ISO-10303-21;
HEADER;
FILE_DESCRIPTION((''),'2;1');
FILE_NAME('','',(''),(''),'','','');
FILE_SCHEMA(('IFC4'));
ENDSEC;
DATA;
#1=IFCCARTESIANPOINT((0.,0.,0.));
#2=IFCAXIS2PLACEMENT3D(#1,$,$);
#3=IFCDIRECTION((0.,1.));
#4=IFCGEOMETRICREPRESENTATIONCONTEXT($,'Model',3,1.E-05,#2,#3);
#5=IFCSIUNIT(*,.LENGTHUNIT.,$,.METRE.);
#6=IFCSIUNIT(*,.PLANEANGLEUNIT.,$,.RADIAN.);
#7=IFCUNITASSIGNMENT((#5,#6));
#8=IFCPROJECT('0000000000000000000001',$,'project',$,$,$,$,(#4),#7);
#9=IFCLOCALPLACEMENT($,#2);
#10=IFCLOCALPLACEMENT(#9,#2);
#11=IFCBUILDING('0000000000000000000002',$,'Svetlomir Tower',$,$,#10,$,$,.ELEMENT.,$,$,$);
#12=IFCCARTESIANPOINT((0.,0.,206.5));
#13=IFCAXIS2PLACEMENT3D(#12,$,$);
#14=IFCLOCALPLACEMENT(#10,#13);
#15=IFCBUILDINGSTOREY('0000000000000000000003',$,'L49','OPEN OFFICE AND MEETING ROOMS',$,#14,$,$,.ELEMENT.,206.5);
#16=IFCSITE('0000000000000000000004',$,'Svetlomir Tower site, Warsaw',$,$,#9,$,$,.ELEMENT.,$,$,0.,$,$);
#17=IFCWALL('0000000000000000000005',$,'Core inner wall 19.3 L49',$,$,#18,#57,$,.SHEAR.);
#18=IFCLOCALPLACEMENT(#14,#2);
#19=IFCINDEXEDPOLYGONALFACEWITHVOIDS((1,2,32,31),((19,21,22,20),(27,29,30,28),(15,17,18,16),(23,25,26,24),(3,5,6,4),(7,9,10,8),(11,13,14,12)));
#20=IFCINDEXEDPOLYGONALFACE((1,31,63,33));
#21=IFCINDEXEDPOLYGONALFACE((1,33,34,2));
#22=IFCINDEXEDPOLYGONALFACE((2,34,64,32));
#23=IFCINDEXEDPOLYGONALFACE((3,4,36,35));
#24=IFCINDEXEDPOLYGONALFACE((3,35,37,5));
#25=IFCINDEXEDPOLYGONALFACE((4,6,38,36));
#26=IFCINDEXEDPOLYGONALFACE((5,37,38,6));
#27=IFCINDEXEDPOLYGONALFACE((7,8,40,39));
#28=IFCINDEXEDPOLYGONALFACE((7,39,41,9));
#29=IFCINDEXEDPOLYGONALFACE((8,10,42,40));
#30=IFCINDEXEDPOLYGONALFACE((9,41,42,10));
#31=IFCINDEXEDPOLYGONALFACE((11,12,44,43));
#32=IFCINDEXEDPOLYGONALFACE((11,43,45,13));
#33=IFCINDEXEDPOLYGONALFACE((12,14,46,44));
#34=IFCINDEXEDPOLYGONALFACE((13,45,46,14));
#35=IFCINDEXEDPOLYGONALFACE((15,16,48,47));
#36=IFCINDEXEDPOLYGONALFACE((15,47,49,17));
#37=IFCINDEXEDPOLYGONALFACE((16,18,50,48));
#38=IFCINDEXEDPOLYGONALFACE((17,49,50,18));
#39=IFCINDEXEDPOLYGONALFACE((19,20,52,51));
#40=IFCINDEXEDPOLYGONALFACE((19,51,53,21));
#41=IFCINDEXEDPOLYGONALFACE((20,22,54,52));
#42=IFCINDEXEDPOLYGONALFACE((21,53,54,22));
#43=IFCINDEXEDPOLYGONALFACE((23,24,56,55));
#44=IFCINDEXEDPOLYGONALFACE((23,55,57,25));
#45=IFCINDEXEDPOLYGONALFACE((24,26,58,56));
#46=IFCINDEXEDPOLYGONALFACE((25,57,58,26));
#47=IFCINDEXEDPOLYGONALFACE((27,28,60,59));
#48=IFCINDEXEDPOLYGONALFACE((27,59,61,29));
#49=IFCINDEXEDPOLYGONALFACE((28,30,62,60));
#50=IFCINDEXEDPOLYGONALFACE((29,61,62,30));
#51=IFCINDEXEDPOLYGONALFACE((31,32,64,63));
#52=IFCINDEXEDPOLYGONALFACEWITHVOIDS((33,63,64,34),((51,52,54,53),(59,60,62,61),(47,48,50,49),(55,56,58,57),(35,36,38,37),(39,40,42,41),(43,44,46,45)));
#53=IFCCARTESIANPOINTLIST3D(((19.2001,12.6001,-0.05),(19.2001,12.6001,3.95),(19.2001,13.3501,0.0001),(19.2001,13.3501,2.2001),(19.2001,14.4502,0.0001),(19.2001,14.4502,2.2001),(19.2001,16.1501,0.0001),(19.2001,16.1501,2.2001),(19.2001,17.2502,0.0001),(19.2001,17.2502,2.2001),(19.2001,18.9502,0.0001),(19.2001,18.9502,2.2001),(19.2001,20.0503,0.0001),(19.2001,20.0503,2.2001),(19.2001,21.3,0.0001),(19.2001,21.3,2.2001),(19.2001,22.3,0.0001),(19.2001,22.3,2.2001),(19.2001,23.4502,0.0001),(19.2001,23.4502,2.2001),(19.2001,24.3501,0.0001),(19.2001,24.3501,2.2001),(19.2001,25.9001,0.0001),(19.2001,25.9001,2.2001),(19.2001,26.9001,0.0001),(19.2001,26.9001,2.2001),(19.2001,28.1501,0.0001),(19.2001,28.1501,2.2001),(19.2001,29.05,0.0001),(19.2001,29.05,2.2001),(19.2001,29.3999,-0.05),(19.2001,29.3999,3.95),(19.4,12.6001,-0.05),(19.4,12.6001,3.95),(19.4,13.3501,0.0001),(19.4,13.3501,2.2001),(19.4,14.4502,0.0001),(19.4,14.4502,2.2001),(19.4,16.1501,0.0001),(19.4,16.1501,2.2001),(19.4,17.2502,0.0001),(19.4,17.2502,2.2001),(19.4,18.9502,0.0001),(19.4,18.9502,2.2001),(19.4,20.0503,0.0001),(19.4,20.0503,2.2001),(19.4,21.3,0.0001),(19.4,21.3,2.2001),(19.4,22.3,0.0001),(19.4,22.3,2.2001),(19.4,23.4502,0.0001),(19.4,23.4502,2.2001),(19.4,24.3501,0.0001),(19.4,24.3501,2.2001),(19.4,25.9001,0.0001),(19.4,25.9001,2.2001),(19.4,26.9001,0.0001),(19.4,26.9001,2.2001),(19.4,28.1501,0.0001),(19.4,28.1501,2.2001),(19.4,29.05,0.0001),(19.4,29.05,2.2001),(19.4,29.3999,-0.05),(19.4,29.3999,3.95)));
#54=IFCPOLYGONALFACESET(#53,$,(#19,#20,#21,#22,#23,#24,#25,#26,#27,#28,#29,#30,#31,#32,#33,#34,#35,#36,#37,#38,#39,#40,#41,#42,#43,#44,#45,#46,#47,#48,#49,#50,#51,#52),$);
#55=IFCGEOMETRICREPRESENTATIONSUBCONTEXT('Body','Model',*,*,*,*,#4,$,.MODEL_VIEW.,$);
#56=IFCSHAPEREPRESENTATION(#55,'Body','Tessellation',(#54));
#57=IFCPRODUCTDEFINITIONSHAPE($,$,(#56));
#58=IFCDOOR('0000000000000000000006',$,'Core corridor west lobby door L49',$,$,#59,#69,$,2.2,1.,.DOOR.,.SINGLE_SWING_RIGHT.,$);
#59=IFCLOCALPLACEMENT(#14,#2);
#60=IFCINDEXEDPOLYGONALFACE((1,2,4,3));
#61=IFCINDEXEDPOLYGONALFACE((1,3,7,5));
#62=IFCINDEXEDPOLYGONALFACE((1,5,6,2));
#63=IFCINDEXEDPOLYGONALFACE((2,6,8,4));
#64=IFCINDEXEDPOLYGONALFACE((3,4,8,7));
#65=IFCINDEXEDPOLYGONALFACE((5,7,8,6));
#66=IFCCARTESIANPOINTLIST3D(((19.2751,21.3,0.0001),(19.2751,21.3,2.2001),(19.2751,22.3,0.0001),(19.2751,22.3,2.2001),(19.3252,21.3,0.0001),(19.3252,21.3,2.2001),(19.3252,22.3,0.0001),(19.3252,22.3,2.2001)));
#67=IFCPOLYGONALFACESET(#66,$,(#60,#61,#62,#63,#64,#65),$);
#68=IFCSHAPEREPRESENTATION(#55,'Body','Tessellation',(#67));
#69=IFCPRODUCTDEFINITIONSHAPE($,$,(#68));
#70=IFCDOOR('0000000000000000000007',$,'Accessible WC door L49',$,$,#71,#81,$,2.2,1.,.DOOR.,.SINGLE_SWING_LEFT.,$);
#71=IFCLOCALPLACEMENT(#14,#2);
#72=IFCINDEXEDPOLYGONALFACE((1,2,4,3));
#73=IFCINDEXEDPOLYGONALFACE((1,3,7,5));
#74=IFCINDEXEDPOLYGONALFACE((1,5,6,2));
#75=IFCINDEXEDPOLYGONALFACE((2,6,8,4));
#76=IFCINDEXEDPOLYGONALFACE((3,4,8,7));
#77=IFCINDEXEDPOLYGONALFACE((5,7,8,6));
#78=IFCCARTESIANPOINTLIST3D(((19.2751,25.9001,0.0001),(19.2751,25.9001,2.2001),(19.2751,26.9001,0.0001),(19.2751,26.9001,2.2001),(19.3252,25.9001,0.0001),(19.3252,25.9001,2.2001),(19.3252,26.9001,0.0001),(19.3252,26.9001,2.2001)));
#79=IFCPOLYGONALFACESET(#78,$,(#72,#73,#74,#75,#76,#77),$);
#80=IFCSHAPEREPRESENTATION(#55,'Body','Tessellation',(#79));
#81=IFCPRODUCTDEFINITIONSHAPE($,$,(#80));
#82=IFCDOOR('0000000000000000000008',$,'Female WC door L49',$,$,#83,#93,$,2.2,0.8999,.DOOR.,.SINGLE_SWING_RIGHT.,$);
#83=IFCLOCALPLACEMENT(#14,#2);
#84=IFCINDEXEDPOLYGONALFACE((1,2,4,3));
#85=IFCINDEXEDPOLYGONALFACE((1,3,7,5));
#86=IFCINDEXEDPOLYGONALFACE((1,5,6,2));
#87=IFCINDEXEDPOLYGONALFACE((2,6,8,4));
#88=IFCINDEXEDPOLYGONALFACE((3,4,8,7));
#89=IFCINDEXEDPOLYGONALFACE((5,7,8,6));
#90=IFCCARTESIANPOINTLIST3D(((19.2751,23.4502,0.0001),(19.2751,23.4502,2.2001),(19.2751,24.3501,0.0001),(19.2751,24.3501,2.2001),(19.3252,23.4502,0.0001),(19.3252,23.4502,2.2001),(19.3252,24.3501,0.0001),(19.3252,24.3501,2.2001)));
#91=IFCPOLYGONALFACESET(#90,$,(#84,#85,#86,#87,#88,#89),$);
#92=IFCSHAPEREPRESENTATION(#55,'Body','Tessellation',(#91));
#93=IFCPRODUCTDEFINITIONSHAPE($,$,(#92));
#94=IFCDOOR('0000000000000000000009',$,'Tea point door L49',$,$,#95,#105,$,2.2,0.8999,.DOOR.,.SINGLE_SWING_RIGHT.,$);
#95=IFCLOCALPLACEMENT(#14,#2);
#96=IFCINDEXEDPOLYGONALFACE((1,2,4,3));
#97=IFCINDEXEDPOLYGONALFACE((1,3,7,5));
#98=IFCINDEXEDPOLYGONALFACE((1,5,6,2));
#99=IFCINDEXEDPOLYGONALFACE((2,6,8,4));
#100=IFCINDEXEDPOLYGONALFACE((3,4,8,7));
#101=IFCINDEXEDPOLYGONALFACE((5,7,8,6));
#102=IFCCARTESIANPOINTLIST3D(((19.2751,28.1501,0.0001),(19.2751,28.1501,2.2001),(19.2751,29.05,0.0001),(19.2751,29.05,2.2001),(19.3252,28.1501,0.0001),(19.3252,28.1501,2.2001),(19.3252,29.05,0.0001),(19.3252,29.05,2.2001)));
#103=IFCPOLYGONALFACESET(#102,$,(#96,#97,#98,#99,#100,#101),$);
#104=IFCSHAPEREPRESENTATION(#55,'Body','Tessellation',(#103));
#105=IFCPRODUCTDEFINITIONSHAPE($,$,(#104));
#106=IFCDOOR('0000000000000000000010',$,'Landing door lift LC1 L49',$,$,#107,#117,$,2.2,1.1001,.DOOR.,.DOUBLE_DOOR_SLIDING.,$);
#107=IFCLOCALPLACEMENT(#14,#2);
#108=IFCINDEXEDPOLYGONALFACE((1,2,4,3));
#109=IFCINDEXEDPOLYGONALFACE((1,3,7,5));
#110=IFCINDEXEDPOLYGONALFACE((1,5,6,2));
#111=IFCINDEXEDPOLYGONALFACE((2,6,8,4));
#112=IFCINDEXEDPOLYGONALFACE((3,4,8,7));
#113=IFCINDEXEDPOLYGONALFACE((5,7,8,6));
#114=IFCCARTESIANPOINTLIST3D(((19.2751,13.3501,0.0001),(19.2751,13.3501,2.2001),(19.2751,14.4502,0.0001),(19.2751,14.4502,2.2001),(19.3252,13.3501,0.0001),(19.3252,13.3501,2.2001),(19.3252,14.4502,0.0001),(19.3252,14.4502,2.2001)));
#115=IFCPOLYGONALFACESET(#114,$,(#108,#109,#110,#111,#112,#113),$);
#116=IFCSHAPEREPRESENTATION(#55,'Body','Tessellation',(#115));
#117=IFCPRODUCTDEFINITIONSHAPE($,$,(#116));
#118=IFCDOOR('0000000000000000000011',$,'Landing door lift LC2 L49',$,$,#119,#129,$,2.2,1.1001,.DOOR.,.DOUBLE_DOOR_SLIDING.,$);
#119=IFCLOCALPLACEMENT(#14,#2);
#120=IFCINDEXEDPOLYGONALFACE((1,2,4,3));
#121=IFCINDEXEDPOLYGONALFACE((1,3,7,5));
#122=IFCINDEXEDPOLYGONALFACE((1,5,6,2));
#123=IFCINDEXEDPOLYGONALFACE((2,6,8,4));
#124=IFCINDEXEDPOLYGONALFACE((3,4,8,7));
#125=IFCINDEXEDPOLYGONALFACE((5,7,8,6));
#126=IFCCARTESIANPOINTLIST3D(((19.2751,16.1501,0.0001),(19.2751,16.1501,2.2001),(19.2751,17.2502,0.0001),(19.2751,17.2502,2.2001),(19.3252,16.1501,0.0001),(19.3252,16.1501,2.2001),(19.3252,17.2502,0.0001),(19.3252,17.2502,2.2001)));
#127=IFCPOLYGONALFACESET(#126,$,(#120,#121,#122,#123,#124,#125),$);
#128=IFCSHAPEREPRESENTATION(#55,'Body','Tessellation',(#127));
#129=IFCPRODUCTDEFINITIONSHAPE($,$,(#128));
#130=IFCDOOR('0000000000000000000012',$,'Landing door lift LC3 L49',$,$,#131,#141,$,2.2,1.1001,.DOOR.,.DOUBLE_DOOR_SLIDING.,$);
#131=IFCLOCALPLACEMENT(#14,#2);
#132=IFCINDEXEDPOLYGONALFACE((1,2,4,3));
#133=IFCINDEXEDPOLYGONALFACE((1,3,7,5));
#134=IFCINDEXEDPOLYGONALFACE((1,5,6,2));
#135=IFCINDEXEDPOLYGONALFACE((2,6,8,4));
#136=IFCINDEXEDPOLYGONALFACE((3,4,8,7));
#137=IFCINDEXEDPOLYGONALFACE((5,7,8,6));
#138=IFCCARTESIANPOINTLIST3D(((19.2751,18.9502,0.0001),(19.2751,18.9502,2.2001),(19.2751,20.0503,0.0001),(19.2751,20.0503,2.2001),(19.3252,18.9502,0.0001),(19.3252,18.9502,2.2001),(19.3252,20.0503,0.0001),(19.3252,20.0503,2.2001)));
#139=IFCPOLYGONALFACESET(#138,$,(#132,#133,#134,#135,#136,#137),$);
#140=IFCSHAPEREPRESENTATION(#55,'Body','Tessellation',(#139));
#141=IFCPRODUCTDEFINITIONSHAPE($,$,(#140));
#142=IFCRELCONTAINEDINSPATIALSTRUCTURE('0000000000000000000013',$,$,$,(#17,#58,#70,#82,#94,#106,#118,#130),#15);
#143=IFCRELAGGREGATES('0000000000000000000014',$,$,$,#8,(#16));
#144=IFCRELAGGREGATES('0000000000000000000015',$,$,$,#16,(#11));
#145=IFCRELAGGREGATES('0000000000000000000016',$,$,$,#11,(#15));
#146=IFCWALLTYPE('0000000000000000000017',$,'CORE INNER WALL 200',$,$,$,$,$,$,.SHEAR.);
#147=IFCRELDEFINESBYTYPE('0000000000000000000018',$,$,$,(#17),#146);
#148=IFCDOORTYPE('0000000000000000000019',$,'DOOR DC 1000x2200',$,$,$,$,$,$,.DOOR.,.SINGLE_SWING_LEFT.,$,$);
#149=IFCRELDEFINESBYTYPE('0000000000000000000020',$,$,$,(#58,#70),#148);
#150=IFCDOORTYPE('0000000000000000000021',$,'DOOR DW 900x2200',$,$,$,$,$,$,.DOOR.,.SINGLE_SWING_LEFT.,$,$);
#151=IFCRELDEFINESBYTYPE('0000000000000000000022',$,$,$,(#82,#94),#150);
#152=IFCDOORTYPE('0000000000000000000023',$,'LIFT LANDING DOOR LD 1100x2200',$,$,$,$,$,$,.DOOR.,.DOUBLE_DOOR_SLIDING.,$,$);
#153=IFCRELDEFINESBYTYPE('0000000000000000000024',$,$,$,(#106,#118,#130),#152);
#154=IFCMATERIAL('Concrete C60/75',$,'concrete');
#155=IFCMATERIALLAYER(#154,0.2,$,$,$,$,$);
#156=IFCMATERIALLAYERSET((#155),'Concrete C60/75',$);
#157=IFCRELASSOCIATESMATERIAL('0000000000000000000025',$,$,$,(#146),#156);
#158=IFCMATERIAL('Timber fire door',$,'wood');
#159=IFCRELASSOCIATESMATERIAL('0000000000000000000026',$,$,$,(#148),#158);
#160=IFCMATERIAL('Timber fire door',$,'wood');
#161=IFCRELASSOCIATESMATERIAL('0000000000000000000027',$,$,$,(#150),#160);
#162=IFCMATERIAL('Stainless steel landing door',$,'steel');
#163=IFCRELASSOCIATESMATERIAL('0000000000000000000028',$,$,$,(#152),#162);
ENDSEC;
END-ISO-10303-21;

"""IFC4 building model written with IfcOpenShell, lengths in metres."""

from ifc_helpers import new_model, si_unit, direction, frame, frame_2d, origin, place, context, subcontext, project, spatial, rectangle, extrude, material, layer, layer_set, type_object, element, fill, save


model = new_model("IFC4")

# Units and contexts
model_context = context("Model", 3, precision=1e-05, world=origin(), true_north=direction((0.0, 1.0)))
body_context = subcontext(model_context, "Body", "Model", "MODEL_VIEW")
ifc_project = project(units=[si_unit("LENGTHUNIT", "METRE"), si_unit("PLANEANGLEUNIT", "RADIAN")], contexts=[model_context])

# Site, building, storey
site_placement = place(None, origin())
site = spatial("IfcSite", under=ifc_project, at=site_placement, Name="Svetlomir Tower site, Warsaw", CompositionType="ELEMENT", RefElevation=0.0)
building_placement = place(site_placement, origin())
building = spatial("IfcBuilding", under=site, at=building_placement, Name="Svetlomir Tower", CompositionType="ELEMENT")
storey_placement = place(building_placement, frame((0.0, 0.0, 206.5)))
storey = spatial("IfcBuildingStorey", under=building, at=storey_placement, Name="L49", Description="OPEN OFFICE AND MEETING ROOMS", CompositionType="ELEMENT", Elevation=206.5)

# Shared definitions
ifc_material_1 = material(Name="Concrete C60/75", Category="concrete")
ifc_layer_1 = layer(ifc_material_1, 0.2)
ifc_layer_set_1 = layer_set([ifc_layer_1], Name="Concrete C60/75")
wall_type_1 = type_object("IfcWallType", Name="CORE INNER WALL 200", PredefinedType="SHEAR", material=ifc_layer_set_1)

# Wall, openings, doors
wall_1_placement = place(storey_placement, frame((19.3, 12.6001, -0.05), z_axis=(0.0, 0.0, 1.0), x_axis=(0.0, 1.0, 0.0)))
wall_1 = element("IfcWall", 1, at=wall_1_placement, inside=storey, type_object=wall_type_1, Name="Core inner wall 19.3 L49", PredefinedType="SHEAR", context=body_context, shape_type="SweptSolid", body=[
    extrude(rectangle(XDim=16.7998, YDim=0.2, at=frame_2d((8.3999, 0.0))), origin(), (0.0, 0.0, 1.0), 4.0),
])
opening_1_placement = place(wall_1_placement, frame((8.7, 0.0, 0.05)))
opening_1 = element("IfcOpeningElement", 2, at=opening_1_placement, cuts=wall_1, PredefinedType="OPENING", context=body_context, shape_type="SweptSolid", body=[
    extrude(rectangle(XDim=1.0, YDim=2.2, at=frame_2d((0.5, 1.1001))), frame((0.0, 0.1099, 0.0), z_axis=(0.0, -1.0, 0.0), x_axis=(1.0, 0.0, 0.0)), (0.0, 0.0, 1.0), 0.22),
])
opening_2_placement = place(wall_1_placement, frame((10.8501, 0.0, 0.05)))
opening_2 = element("IfcOpeningElement", 3, at=opening_2_placement, cuts=wall_1, PredefinedType="OPENING", context=body_context, shape_type="SweptSolid", body=[
    extrude(rectangle(XDim=0.8999, YDim=2.2, at=frame_2d((0.45, 1.1001))), frame((0.0, 0.1099, 0.0), z_axis=(0.0, -1.0, 0.0), x_axis=(1.0, 0.0, 0.0)), (0.0, 0.0, 1.0), 0.22),
])
opening_3_placement = place(wall_1_placement, frame((13.3, 0.0, 0.05)))
opening_3 = element("IfcOpeningElement", 4, at=opening_3_placement, cuts=wall_1, PredefinedType="OPENING", context=body_context, shape_type="SweptSolid", body=[
    extrude(rectangle(XDim=1.0, YDim=2.2, at=frame_2d((0.5, 1.1001))), frame((0.0, 0.1099, 0.0), z_axis=(0.0, -1.0, 0.0), x_axis=(1.0, 0.0, 0.0)), (0.0, 0.0, 1.0), 0.22),
])
opening_4_placement = place(wall_1_placement, frame((15.55, 0.0, 0.05)))
opening_4 = element("IfcOpeningElement", 5, at=opening_4_placement, cuts=wall_1, PredefinedType="OPENING", context=body_context, shape_type="SweptSolid", body=[
    extrude(rectangle(XDim=0.8999, YDim=2.2, at=frame_2d((0.45, 1.1001))), frame((0.0, 0.1099, 0.0), z_axis=(0.0, -1.0, 0.0), x_axis=(1.0, 0.0, 0.0)), (0.0, 0.0, 1.0), 0.22),
])
opening_5_placement = place(wall_1_placement, frame((0.75, 0.0, 0.05)))
opening_5 = element("IfcOpeningElement", 6, at=opening_5_placement, cuts=wall_1, PredefinedType="OPENING", context=body_context, shape_type="SweptSolid", body=[
    extrude(rectangle(XDim=1.1001, YDim=2.2, at=frame_2d((0.55, 1.1001))), frame((0.0, 0.1099, 0.0), z_axis=(0.0, -1.0, 0.0), x_axis=(1.0, 0.0, 0.0)), (0.0, 0.0, 1.0), 0.22),
])
opening_6_placement = place(wall_1_placement, frame((3.55, 0.0, 0.05)))
opening_6 = element("IfcOpeningElement", 7, at=opening_6_placement, cuts=wall_1, PredefinedType="OPENING", context=body_context, shape_type="SweptSolid", body=[
    extrude(rectangle(XDim=1.1001, YDim=2.2, at=frame_2d((0.55, 1.1001))), frame((0.0, 0.1099, 0.0), z_axis=(0.0, -1.0, 0.0), x_axis=(1.0, 0.0, 0.0)), (0.0, 0.0, 1.0), 0.22),
])
opening_7_placement = place(wall_1_placement, frame((6.3501, 0.0, 0.05)))
opening_7 = element("IfcOpeningElement", 8, at=opening_7_placement, cuts=wall_1, PredefinedType="OPENING", context=body_context, shape_type="SweptSolid", body=[
    extrude(rectangle(XDim=1.1001, YDim=2.2, at=frame_2d((0.55, 1.1001))), frame((0.0, 0.1099, 0.0), z_axis=(0.0, -1.0, 0.0), x_axis=(1.0, 0.0, 0.0)), (0.0, 0.0, 1.0), 0.22),
])
ifc_material_2 = material(Name="Timber fire door", Category="wood")
door_type_1 = type_object("IfcDoorType", Name="DOOR DC 1000x2200", OperationType="SINGLE_SWING_LEFT", PredefinedType="DOOR", material=ifc_material_2)
door_1_placement = place(opening_1_placement, origin())
door_1 = element("IfcDoor", 9, at=door_1_placement, inside=storey, type_object=door_type_1, Name="Core corridor west lobby door L49", OperationType="SINGLE_SWING_RIGHT", OverallHeight=2.2, OverallWidth=1.0, PredefinedType="DOOR", context=body_context, shape_type="SweptSolid", body=[
    extrude(rectangle(XDim=1.0, YDim=2.2, at=frame_2d((0.5, 1.1001))), frame((0.0, 0.0249, 0.0), z_axis=(0.0, -1.0, 0.0), x_axis=(1.0, 0.0, 0.0)), (0.0, 0.0, 1.0), 0.05),
])
fill(opening_1, door_1)
door_2_placement = place(opening_3_placement, origin())
door_2 = element("IfcDoor", 10, at=door_2_placement, inside=storey, type_object=door_type_1, Name="Accessible WC door L49", OperationType="SINGLE_SWING_LEFT", OverallHeight=2.2, OverallWidth=1.0, PredefinedType="DOOR", context=body_context, shape_type="SweptSolid", body=[
    extrude(rectangle(XDim=1.0, YDim=2.2, at=frame_2d((0.5, 1.1001))), frame((0.0, 0.0249, 0.0), z_axis=(0.0, -1.0, 0.0), x_axis=(1.0, 0.0, 0.0)), (0.0, 0.0, 1.0), 0.05),
])
fill(opening_3, door_2)
ifc_material_3 = material(Name="Timber fire door", Category="wood")
door_type_2 = type_object("IfcDoorType", Name="DOOR DW 900x2200", OperationType="SINGLE_SWING_LEFT", PredefinedType="DOOR", material=ifc_material_3)
door_3_placement = place(opening_2_placement, origin())
door_3 = element("IfcDoor", 11, at=door_3_placement, inside=storey, type_object=door_type_2, Name="Female WC door L49", OperationType="SINGLE_SWING_RIGHT", OverallHeight=2.2, OverallWidth=0.8999, PredefinedType="DOOR", context=body_context, shape_type="SweptSolid", body=[
    extrude(rectangle(XDim=0.8999, YDim=2.2, at=frame_2d((0.45, 1.1001))), frame((0.0, 0.0249, 0.0), z_axis=(0.0, -1.0, 0.0), x_axis=(1.0, 0.0, 0.0)), (0.0, 0.0, 1.0), 0.05),
])
fill(opening_2, door_3)
door_4_placement = place(opening_4_placement, origin())
door_4 = element("IfcDoor", 12, at=door_4_placement, inside=storey, type_object=door_type_2, Name="Tea point door L49", OperationType="SINGLE_SWING_RIGHT", OverallHeight=2.2, OverallWidth=0.8999, PredefinedType="DOOR", context=body_context, shape_type="SweptSolid", body=[
    extrude(rectangle(XDim=0.8999, YDim=2.2, at=frame_2d((0.45, 1.1001))), frame((0.0, 0.0249, 0.0), z_axis=(0.0, -1.0, 0.0), x_axis=(1.0, 0.0, 0.0)), (0.0, 0.0, 1.0), 0.05),
])
fill(opening_4, door_4)
ifc_material_4 = material(Name="Stainless steel landing door", Category="steel")
door_type_3 = type_object("IfcDoorType", Name="LIFT LANDING DOOR LD 1100x2200", OperationType="DOUBLE_DOOR_SLIDING", PredefinedType="DOOR", material=ifc_material_4)
door_5_placement = place(opening_5_placement, origin())
door_5 = element("IfcDoor", 13, at=door_5_placement, inside=storey, type_object=door_type_3, Name="Landing door lift LC1 L49", OperationType="DOUBLE_DOOR_SLIDING", OverallHeight=2.2, OverallWidth=1.1001, PredefinedType="DOOR", context=body_context, shape_type="SweptSolid", body=[
    extrude(rectangle(XDim=1.1001, YDim=2.2, at=frame_2d((0.55, 1.1001))), frame((0.0, 0.0249, 0.0), z_axis=(0.0, -1.0, 0.0), x_axis=(1.0, 0.0, 0.0)), (0.0, 0.0, 1.0), 0.05),
])
fill(opening_5, door_5)
door_6_placement = place(opening_6_placement, origin())
door_6 = element("IfcDoor", 14, at=door_6_placement, inside=storey, type_object=door_type_3, Name="Landing door lift LC2 L49", OperationType="DOUBLE_DOOR_SLIDING", OverallHeight=2.2, OverallWidth=1.1001, PredefinedType="DOOR", context=body_context, shape_type="SweptSolid", body=[
    extrude(rectangle(XDim=1.1001, YDim=2.2, at=frame_2d((0.55, 1.1001))), frame((0.0, 0.0249, 0.0), z_axis=(0.0, -1.0, 0.0), x_axis=(1.0, 0.0, 0.0)), (0.0, 0.0, 1.0), 0.05),
])
fill(opening_6, door_6)
door_7_placement = place(opening_7_placement, origin())
door_7 = element("IfcDoor", 15, at=door_7_placement, inside=storey, type_object=door_type_3, Name="Landing door lift LC3 L49", OperationType="DOUBLE_DOOR_SLIDING", OverallHeight=2.2, OverallWidth=1.1001, PredefinedType="DOOR", context=body_context, shape_type="SweptSolid", body=[
    extrude(rectangle(XDim=1.1001, YDim=2.2, at=frame_2d((0.55, 1.1001))), frame((0.0, 0.0249, 0.0), z_axis=(0.0, -1.0, 0.0), x_axis=(1.0, 0.0, 0.0)), (0.0, 0.0, 1.0), 0.05),
])
fill(opening_7, door_7)

save(model, "model.ifc")
